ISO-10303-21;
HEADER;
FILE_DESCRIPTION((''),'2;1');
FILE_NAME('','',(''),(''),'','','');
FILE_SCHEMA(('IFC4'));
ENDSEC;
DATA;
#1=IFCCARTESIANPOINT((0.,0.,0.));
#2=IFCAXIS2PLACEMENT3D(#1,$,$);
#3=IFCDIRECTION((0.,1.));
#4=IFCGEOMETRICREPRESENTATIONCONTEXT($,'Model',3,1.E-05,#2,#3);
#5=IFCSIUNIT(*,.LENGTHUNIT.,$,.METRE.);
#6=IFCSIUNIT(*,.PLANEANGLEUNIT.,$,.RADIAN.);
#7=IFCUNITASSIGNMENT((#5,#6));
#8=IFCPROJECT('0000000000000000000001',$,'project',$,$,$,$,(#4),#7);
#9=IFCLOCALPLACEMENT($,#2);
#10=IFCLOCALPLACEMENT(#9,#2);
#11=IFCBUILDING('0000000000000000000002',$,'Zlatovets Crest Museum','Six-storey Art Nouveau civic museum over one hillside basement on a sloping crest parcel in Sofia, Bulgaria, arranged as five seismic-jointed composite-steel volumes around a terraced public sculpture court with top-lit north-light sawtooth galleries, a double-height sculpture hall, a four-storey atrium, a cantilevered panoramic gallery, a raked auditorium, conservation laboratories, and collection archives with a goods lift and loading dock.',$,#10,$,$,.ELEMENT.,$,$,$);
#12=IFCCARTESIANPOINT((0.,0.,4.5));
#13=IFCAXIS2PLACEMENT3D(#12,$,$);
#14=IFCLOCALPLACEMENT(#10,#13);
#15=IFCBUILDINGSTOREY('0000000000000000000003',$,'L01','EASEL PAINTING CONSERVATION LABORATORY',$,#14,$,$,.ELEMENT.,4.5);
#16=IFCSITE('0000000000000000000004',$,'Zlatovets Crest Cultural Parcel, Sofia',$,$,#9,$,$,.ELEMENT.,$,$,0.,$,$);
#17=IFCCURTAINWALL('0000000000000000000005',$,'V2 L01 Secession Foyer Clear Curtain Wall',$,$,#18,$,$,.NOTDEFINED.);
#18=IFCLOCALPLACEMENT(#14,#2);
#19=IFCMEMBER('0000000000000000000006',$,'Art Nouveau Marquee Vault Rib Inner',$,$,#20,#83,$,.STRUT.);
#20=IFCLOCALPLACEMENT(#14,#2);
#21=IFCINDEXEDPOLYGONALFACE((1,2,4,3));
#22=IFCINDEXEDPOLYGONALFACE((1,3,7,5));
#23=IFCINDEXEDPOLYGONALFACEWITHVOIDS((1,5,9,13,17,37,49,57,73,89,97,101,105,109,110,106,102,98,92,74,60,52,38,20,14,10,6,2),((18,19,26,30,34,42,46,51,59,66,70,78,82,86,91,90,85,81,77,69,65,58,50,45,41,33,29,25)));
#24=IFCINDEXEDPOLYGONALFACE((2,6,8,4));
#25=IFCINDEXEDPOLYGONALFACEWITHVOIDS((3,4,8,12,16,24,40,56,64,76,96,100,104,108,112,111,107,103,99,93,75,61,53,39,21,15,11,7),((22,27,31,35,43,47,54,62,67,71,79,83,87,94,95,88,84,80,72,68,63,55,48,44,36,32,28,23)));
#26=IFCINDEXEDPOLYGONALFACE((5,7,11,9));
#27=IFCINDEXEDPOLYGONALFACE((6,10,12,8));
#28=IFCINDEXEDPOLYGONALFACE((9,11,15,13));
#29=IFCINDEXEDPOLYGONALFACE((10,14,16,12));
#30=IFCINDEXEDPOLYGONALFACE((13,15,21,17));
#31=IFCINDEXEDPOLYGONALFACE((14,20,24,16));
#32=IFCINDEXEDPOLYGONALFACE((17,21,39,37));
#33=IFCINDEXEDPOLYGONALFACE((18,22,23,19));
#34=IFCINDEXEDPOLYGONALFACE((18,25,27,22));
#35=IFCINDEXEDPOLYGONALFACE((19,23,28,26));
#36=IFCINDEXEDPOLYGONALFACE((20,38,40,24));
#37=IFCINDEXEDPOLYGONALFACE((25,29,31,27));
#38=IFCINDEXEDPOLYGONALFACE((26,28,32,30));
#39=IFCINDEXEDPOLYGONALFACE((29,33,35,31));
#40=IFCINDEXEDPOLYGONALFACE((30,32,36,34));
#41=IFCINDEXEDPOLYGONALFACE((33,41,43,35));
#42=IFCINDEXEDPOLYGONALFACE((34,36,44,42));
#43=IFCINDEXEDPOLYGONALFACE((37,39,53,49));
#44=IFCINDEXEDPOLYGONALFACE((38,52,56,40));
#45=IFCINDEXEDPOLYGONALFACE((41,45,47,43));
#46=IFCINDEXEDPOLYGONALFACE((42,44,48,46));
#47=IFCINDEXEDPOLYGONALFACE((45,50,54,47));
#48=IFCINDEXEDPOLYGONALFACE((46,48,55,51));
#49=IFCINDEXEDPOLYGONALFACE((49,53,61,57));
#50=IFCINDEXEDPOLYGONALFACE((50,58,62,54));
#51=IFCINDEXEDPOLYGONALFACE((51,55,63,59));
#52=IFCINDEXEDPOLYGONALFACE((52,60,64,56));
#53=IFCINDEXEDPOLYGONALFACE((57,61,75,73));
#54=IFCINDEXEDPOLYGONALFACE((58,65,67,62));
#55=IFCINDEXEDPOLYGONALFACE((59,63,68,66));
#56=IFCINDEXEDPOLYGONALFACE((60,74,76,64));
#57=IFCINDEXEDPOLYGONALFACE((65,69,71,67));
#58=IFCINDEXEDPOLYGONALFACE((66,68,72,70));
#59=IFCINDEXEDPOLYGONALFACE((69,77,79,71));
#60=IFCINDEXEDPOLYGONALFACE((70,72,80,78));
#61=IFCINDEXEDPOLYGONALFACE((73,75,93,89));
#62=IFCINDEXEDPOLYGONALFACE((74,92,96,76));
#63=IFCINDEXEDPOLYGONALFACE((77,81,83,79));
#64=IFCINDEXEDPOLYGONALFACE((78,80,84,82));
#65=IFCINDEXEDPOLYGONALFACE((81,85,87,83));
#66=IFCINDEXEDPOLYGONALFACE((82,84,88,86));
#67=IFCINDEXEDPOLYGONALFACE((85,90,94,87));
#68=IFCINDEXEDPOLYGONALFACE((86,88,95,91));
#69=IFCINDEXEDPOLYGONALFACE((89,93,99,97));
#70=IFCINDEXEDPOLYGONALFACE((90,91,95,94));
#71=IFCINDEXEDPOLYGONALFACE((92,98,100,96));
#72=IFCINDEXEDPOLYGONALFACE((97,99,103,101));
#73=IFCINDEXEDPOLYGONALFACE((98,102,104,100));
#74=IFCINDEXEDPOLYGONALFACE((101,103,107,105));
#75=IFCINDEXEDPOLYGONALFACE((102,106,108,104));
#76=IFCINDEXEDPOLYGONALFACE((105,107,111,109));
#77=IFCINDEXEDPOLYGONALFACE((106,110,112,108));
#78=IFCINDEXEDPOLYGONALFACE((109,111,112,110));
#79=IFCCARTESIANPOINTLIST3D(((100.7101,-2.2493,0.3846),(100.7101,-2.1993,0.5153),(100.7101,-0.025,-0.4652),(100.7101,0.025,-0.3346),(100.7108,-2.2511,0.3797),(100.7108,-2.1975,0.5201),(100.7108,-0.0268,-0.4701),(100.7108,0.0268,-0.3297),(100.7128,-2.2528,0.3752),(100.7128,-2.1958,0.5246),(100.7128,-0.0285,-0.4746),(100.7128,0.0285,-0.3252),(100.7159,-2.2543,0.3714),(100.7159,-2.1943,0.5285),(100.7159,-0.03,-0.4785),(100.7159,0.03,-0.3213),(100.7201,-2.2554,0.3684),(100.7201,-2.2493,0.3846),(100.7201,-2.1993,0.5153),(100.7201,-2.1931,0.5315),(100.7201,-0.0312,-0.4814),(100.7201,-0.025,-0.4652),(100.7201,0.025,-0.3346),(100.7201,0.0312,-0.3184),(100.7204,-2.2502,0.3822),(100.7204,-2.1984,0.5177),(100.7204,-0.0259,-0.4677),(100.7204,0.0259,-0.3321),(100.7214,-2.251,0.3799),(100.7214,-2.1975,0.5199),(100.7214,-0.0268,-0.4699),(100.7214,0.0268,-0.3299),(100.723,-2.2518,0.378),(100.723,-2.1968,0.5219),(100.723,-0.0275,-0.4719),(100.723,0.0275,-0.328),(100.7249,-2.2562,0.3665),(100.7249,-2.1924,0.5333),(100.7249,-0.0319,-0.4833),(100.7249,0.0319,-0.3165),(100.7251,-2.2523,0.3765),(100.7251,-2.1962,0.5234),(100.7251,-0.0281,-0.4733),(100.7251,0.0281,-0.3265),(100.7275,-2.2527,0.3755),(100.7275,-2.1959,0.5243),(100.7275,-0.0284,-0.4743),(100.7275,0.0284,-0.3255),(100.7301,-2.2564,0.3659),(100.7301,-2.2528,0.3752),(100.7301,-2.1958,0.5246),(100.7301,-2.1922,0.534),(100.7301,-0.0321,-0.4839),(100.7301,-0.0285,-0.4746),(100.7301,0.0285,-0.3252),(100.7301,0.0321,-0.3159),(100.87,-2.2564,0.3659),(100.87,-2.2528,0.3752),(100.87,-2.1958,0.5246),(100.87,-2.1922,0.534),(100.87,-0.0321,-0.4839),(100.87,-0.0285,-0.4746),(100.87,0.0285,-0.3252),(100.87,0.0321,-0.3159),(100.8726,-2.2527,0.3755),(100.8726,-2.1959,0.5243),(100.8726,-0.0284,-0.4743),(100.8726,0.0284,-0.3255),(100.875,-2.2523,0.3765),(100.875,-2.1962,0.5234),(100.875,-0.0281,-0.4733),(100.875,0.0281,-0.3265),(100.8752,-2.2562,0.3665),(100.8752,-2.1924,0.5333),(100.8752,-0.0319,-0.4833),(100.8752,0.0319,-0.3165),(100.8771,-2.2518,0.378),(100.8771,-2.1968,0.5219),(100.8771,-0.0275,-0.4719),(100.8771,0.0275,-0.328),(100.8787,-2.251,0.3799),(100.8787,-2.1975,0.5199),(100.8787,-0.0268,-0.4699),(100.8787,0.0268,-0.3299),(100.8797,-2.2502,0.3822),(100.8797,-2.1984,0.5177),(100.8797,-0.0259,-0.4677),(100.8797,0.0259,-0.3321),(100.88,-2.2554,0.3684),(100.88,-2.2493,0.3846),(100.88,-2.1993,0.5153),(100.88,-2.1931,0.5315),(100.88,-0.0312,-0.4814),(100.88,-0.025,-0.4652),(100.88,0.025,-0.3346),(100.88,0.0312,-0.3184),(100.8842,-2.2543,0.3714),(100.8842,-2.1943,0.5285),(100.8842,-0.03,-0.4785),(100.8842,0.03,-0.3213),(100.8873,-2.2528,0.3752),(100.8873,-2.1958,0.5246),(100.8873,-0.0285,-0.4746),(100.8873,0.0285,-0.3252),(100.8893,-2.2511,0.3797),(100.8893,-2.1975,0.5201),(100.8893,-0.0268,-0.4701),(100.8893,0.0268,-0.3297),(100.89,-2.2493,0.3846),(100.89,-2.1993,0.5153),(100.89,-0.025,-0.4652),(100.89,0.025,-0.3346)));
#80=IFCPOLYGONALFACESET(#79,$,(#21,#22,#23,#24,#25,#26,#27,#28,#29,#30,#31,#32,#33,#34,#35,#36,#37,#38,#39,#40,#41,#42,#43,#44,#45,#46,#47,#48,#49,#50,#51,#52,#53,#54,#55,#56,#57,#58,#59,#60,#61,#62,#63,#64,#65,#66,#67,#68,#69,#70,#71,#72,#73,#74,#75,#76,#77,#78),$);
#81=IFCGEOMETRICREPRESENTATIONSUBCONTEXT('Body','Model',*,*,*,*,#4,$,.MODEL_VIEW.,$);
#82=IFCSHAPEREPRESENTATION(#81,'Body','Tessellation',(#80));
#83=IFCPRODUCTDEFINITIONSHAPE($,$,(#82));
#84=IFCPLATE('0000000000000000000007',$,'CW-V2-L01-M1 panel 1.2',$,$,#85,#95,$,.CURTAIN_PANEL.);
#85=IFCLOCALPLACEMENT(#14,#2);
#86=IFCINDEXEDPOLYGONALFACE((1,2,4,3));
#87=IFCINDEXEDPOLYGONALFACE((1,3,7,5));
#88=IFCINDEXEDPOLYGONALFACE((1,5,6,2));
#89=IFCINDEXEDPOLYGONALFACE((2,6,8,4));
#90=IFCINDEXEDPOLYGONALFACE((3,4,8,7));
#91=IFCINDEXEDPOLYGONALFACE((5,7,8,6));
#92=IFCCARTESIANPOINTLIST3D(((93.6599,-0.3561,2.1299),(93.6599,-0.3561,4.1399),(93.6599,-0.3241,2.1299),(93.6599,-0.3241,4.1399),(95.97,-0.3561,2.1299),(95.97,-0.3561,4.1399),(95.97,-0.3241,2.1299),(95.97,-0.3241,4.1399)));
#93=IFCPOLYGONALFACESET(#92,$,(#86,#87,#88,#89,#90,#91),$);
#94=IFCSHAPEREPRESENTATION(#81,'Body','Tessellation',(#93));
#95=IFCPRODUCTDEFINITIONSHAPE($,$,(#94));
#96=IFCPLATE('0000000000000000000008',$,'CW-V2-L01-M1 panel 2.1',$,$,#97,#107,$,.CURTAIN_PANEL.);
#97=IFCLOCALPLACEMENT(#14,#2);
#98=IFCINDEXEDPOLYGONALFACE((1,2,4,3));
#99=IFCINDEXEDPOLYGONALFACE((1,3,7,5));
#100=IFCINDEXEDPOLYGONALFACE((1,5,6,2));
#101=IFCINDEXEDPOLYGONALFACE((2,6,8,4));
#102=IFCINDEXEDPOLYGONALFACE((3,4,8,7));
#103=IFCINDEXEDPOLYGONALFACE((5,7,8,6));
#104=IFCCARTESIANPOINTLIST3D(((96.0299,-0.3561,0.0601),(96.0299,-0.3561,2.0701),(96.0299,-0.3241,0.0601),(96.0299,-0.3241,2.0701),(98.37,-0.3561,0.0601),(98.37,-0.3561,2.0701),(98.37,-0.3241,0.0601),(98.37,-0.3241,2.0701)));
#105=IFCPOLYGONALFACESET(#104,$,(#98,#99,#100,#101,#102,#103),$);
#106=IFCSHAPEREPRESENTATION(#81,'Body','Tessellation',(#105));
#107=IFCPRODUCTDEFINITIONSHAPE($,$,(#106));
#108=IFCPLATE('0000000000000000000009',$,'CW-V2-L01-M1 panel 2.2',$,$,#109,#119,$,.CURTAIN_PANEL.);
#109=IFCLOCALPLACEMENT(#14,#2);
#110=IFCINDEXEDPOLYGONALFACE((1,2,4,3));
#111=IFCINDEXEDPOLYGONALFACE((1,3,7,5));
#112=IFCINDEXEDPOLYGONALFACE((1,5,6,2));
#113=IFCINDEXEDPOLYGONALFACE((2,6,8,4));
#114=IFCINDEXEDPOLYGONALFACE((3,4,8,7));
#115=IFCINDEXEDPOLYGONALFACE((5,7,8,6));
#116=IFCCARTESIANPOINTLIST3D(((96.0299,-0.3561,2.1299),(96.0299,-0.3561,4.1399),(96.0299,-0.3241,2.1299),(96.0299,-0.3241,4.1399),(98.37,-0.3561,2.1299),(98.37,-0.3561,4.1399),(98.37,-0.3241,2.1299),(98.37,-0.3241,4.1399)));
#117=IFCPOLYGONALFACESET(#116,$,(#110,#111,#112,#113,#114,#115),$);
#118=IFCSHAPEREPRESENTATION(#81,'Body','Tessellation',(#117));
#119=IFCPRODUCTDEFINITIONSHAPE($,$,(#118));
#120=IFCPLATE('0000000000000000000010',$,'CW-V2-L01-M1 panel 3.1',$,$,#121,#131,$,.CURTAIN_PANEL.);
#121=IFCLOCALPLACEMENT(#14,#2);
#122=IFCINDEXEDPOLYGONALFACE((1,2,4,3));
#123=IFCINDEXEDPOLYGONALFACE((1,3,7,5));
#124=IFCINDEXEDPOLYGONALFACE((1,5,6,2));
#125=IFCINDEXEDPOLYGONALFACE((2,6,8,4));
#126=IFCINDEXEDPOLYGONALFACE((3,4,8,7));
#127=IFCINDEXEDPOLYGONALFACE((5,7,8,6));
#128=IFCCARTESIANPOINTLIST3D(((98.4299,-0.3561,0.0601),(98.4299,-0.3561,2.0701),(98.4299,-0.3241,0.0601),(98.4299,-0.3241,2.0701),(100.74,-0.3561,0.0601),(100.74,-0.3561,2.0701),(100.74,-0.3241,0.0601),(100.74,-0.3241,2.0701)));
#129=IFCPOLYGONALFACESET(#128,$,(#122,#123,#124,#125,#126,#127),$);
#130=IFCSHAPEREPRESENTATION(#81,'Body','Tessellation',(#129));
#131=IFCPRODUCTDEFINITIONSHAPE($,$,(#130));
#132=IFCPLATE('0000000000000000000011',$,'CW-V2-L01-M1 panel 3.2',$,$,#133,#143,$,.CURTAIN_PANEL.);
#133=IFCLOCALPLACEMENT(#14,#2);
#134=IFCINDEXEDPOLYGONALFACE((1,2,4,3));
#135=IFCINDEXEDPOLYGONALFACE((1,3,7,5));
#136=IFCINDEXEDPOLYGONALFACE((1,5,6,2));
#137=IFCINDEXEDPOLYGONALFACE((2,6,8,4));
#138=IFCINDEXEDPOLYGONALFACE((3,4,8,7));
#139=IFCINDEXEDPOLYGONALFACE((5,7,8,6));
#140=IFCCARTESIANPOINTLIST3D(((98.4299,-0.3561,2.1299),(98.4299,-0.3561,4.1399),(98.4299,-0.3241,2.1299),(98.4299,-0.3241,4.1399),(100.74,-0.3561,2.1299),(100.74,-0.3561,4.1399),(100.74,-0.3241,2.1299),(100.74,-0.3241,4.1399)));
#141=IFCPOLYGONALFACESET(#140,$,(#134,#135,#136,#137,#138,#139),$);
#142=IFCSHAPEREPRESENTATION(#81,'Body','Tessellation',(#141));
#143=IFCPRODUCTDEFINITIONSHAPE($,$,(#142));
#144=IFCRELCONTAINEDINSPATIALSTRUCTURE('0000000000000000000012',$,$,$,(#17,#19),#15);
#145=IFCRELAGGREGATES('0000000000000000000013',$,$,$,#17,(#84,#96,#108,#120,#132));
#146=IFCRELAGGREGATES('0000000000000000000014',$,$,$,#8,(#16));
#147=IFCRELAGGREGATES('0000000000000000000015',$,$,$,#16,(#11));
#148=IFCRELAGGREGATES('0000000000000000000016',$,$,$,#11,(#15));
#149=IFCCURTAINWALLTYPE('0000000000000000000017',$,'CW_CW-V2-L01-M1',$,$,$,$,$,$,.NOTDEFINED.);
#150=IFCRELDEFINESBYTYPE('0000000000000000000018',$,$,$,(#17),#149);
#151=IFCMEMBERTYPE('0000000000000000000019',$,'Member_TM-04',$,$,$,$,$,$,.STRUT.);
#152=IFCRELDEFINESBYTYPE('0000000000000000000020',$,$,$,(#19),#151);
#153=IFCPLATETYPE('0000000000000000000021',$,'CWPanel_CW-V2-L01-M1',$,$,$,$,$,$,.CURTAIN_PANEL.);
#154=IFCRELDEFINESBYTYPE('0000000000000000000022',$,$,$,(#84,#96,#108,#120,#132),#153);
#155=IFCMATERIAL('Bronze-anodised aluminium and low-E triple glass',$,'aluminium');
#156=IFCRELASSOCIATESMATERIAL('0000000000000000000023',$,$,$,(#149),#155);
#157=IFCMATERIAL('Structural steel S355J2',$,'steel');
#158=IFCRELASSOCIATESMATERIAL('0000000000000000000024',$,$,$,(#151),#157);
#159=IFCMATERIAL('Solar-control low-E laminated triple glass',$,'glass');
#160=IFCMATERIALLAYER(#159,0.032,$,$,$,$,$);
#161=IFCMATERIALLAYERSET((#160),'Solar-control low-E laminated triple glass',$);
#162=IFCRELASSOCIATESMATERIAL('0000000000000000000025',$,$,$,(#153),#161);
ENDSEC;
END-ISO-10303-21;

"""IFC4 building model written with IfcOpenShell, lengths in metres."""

from ifc_helpers import new_model, si_unit, direction, frame, origin, origin_2d, place, context, subcontext, project, spatial, rectangle, hollow_rectangle, extrude, material, layer, layer_set, material_profile, profile_set, type_object, element, aggregate, save


model = new_model("IFC4")

# Units and contexts
model_context = context("Model", 3, precision=1e-05, world=origin(), true_north=direction((0.0, 1.0)))
body_context = subcontext(model_context, "Body", "Model", "MODEL_VIEW")
ifc_project = project(units=[si_unit("LENGTHUNIT", "METRE"), si_unit("PLANEANGLEUNIT", "RADIAN")], contexts=[model_context])

# Site, building, storey
site_placement = place(None, origin())
site = spatial("IfcSite", under=ifc_project, at=site_placement, Name="Zlatovets Crest Cultural Parcel, Sofia", CompositionType="ELEMENT", RefElevation=0.0)
building_placement = place(site_placement, origin())
building = spatial("IfcBuilding", under=site, at=building_placement, Name="Zlatovets Crest Museum", Description="Six-storey Art Nouveau civic museum over one hillside basement on a sloping crest parcel in Sofia, Bulgaria, arranged as five seismic-jointed composite-steel volumes around a terraced public sculpture court with top-lit north-light sawtooth galleries, a double-height sculpture hall, a four-storey atrium, a cantilevered panoramic gallery, a raked auditorium, conservation laboratories, and collection archives with a goods lift and loading dock.", CompositionType="ELEMENT")
storey_placement = place(building_placement, frame((0.0, 0.0, 4.5)))
storey = spatial("IfcBuildingStorey", under=building, at=storey_placement, Name="L01", Description="EASEL PAINTING CONSERVATION LABORATORY", CompositionType="ELEMENT", Elevation=4.5)

# Shared definitions
ifc_material_1 = material(Name="Structural steel S355J2", Category="steel")

# Curtain wall
ifc_material_2 = material(Name="Bronze-anodised aluminium and low-E triple glass", Category="aluminium")
curtain_wall_type_1 = type_object("IfcCurtainWallType", Name="CW_CW-V2-L01-M1", PredefinedType="NOTDEFINED", material=ifc_material_2)
curtain_wall_1_placement = place(storey_placement, origin())
curtain_wall_1 = element("IfcCurtainWall", 1, at=curtain_wall_1_placement, inside=storey, type_object=curtain_wall_type_1, Name="V2 L01 Secession Foyer Clear Curtain Wall", PredefinedType="NOTDEFINED")

# Member
ifc_material_profile_1 = material_profile(ifc_material_1, hollow_rectangle(XDim=0.1799, YDim=0.1799, WallThickness=0.01, InnerFilletRadius=0.01, OuterFilletRadius=0.02, at=origin_2d()), Name="SHS 180x180x10.0")
ifc_profile_set_1 = profile_set([ifc_material_profile_1], Name="Structural steel S355J2")
member_type_1 = type_object("IfcMemberType", Name="Member_TM-04", PredefinedType="STRUT", material=ifc_profile_set_1)
member_1_placement = place(storey_placement, frame((100.8, 0.0, -0.3999), z_axis=(0.0, -0.934141, 0.356903), x_axis=(1.0, 0.0, 0.0)))
element("IfcMember", 2, at=member_1_placement, inside=storey, type_object=member_type_1, Name="Art Nouveau Marquee Vault Rib Inner", PredefinedType="STRUT", context=body_context, shape_type="SweptSolid", body=[
    extrude(hollow_rectangle(XDim=0.1799, YDim=0.1799, WallThickness=0.01, InnerFilletRadius=0.01, OuterFilletRadius=0.02, at=origin_2d()), origin(), (0.0, 0.0, 1.0), 2.3811),
])

# Plates
ifc_material_3 = material(Name="Solar-control low-E laminated triple glass", Category="glass")
ifc_layer = layer(ifc_material_3, 0.032)
ifc_layer_set = layer_set([ifc_layer], Name="Solar-control low-E laminated triple glass")
plate_type = type_object("IfcPlateType", Name="CWPanel_CW-V2-L01-M1", PredefinedType="CURTAIN_PANEL", material=ifc_layer_set)
plate_1_placement = place(storey_placement, frame((94.8149, -0.3401, 2.1299), z_axis=(0.0, 0.0, 1.0), x_axis=(1.0, 0.0, 0.0)))
plate_1 = element("IfcPlate", 3, at=plate_1_placement, type_object=plate_type, Name="CW-V2-L01-M1 panel 1.2", PredefinedType="CURTAIN_PANEL", context=body_context, shape_type="SweptSolid", body=[
    extrude(rectangle(XDim=2.3101, YDim=0.032, at=origin_2d()), origin(), (0.0, 0.0, 1.0), 2.01),
])
plate_2_placement = place(storey_placement, frame((97.2, -0.3401, 0.0601), z_axis=(0.0, 0.0, 1.0), x_axis=(1.0, 0.0, 0.0)))
plate_2 = element("IfcPlate", 4, at=plate_2_placement, type_object=plate_type, Name="CW-V2-L01-M1 panel 2.1", PredefinedType="CURTAIN_PANEL", context=body_context, shape_type="SweptSolid", body=[
    extrude(rectangle(XDim=2.3401, YDim=0.032, at=origin_2d()), origin(), (0.0, 0.0, 1.0), 2.01),
])
plate_3_placement = place(storey_placement, frame((97.2, -0.3401, 2.1299), z_axis=(0.0, 0.0, 1.0), x_axis=(1.0, 0.0, 0.0)))
plate_3 = element("IfcPlate", 5, at=plate_3_placement, type_object=plate_type, Name="CW-V2-L01-M1 panel 2.2", PredefinedType="CURTAIN_PANEL", context=body_context, shape_type="SweptSolid", body=[
    extrude(rectangle(XDim=2.3401, YDim=0.032, at=origin_2d()), origin(), (0.0, 0.0, 1.0), 2.01),
])
plate_4_placement = place(storey_placement, frame((99.585, -0.3401, 0.0601), z_axis=(0.0, 0.0, 1.0), x_axis=(1.0, 0.0, 0.0)))
plate_4 = element("IfcPlate", 6, at=plate_4_placement, type_object=plate_type, Name="CW-V2-L01-M1 panel 3.1", PredefinedType="CURTAIN_PANEL", context=body_context, shape_type="SweptSolid", body=[
    extrude(rectangle(XDim=2.3101, YDim=0.032, at=origin_2d()), origin(), (0.0, 0.0, 1.0), 2.01),
])
plate_5_placement = place(storey_placement, frame((99.585, -0.3401, 2.1299), z_axis=(0.0, 0.0, 1.0), x_axis=(1.0, 0.0, 0.0)))
plate_5 = element("IfcPlate", 7, at=plate_5_placement, type_object=plate_type, Name="CW-V2-L01-M1 panel 3.2", PredefinedType="CURTAIN_PANEL", context=body_context, shape_type="SweptSolid", body=[
    extrude(rectangle(XDim=2.3101, YDim=0.032, at=origin_2d()), origin(), (0.0, 0.0, 1.0), 2.01),
])
aggregate(curtain_wall_1, [plate_1, plate_2, plate_3, plate_4, plate_5])

save(model, "model.ifc")
